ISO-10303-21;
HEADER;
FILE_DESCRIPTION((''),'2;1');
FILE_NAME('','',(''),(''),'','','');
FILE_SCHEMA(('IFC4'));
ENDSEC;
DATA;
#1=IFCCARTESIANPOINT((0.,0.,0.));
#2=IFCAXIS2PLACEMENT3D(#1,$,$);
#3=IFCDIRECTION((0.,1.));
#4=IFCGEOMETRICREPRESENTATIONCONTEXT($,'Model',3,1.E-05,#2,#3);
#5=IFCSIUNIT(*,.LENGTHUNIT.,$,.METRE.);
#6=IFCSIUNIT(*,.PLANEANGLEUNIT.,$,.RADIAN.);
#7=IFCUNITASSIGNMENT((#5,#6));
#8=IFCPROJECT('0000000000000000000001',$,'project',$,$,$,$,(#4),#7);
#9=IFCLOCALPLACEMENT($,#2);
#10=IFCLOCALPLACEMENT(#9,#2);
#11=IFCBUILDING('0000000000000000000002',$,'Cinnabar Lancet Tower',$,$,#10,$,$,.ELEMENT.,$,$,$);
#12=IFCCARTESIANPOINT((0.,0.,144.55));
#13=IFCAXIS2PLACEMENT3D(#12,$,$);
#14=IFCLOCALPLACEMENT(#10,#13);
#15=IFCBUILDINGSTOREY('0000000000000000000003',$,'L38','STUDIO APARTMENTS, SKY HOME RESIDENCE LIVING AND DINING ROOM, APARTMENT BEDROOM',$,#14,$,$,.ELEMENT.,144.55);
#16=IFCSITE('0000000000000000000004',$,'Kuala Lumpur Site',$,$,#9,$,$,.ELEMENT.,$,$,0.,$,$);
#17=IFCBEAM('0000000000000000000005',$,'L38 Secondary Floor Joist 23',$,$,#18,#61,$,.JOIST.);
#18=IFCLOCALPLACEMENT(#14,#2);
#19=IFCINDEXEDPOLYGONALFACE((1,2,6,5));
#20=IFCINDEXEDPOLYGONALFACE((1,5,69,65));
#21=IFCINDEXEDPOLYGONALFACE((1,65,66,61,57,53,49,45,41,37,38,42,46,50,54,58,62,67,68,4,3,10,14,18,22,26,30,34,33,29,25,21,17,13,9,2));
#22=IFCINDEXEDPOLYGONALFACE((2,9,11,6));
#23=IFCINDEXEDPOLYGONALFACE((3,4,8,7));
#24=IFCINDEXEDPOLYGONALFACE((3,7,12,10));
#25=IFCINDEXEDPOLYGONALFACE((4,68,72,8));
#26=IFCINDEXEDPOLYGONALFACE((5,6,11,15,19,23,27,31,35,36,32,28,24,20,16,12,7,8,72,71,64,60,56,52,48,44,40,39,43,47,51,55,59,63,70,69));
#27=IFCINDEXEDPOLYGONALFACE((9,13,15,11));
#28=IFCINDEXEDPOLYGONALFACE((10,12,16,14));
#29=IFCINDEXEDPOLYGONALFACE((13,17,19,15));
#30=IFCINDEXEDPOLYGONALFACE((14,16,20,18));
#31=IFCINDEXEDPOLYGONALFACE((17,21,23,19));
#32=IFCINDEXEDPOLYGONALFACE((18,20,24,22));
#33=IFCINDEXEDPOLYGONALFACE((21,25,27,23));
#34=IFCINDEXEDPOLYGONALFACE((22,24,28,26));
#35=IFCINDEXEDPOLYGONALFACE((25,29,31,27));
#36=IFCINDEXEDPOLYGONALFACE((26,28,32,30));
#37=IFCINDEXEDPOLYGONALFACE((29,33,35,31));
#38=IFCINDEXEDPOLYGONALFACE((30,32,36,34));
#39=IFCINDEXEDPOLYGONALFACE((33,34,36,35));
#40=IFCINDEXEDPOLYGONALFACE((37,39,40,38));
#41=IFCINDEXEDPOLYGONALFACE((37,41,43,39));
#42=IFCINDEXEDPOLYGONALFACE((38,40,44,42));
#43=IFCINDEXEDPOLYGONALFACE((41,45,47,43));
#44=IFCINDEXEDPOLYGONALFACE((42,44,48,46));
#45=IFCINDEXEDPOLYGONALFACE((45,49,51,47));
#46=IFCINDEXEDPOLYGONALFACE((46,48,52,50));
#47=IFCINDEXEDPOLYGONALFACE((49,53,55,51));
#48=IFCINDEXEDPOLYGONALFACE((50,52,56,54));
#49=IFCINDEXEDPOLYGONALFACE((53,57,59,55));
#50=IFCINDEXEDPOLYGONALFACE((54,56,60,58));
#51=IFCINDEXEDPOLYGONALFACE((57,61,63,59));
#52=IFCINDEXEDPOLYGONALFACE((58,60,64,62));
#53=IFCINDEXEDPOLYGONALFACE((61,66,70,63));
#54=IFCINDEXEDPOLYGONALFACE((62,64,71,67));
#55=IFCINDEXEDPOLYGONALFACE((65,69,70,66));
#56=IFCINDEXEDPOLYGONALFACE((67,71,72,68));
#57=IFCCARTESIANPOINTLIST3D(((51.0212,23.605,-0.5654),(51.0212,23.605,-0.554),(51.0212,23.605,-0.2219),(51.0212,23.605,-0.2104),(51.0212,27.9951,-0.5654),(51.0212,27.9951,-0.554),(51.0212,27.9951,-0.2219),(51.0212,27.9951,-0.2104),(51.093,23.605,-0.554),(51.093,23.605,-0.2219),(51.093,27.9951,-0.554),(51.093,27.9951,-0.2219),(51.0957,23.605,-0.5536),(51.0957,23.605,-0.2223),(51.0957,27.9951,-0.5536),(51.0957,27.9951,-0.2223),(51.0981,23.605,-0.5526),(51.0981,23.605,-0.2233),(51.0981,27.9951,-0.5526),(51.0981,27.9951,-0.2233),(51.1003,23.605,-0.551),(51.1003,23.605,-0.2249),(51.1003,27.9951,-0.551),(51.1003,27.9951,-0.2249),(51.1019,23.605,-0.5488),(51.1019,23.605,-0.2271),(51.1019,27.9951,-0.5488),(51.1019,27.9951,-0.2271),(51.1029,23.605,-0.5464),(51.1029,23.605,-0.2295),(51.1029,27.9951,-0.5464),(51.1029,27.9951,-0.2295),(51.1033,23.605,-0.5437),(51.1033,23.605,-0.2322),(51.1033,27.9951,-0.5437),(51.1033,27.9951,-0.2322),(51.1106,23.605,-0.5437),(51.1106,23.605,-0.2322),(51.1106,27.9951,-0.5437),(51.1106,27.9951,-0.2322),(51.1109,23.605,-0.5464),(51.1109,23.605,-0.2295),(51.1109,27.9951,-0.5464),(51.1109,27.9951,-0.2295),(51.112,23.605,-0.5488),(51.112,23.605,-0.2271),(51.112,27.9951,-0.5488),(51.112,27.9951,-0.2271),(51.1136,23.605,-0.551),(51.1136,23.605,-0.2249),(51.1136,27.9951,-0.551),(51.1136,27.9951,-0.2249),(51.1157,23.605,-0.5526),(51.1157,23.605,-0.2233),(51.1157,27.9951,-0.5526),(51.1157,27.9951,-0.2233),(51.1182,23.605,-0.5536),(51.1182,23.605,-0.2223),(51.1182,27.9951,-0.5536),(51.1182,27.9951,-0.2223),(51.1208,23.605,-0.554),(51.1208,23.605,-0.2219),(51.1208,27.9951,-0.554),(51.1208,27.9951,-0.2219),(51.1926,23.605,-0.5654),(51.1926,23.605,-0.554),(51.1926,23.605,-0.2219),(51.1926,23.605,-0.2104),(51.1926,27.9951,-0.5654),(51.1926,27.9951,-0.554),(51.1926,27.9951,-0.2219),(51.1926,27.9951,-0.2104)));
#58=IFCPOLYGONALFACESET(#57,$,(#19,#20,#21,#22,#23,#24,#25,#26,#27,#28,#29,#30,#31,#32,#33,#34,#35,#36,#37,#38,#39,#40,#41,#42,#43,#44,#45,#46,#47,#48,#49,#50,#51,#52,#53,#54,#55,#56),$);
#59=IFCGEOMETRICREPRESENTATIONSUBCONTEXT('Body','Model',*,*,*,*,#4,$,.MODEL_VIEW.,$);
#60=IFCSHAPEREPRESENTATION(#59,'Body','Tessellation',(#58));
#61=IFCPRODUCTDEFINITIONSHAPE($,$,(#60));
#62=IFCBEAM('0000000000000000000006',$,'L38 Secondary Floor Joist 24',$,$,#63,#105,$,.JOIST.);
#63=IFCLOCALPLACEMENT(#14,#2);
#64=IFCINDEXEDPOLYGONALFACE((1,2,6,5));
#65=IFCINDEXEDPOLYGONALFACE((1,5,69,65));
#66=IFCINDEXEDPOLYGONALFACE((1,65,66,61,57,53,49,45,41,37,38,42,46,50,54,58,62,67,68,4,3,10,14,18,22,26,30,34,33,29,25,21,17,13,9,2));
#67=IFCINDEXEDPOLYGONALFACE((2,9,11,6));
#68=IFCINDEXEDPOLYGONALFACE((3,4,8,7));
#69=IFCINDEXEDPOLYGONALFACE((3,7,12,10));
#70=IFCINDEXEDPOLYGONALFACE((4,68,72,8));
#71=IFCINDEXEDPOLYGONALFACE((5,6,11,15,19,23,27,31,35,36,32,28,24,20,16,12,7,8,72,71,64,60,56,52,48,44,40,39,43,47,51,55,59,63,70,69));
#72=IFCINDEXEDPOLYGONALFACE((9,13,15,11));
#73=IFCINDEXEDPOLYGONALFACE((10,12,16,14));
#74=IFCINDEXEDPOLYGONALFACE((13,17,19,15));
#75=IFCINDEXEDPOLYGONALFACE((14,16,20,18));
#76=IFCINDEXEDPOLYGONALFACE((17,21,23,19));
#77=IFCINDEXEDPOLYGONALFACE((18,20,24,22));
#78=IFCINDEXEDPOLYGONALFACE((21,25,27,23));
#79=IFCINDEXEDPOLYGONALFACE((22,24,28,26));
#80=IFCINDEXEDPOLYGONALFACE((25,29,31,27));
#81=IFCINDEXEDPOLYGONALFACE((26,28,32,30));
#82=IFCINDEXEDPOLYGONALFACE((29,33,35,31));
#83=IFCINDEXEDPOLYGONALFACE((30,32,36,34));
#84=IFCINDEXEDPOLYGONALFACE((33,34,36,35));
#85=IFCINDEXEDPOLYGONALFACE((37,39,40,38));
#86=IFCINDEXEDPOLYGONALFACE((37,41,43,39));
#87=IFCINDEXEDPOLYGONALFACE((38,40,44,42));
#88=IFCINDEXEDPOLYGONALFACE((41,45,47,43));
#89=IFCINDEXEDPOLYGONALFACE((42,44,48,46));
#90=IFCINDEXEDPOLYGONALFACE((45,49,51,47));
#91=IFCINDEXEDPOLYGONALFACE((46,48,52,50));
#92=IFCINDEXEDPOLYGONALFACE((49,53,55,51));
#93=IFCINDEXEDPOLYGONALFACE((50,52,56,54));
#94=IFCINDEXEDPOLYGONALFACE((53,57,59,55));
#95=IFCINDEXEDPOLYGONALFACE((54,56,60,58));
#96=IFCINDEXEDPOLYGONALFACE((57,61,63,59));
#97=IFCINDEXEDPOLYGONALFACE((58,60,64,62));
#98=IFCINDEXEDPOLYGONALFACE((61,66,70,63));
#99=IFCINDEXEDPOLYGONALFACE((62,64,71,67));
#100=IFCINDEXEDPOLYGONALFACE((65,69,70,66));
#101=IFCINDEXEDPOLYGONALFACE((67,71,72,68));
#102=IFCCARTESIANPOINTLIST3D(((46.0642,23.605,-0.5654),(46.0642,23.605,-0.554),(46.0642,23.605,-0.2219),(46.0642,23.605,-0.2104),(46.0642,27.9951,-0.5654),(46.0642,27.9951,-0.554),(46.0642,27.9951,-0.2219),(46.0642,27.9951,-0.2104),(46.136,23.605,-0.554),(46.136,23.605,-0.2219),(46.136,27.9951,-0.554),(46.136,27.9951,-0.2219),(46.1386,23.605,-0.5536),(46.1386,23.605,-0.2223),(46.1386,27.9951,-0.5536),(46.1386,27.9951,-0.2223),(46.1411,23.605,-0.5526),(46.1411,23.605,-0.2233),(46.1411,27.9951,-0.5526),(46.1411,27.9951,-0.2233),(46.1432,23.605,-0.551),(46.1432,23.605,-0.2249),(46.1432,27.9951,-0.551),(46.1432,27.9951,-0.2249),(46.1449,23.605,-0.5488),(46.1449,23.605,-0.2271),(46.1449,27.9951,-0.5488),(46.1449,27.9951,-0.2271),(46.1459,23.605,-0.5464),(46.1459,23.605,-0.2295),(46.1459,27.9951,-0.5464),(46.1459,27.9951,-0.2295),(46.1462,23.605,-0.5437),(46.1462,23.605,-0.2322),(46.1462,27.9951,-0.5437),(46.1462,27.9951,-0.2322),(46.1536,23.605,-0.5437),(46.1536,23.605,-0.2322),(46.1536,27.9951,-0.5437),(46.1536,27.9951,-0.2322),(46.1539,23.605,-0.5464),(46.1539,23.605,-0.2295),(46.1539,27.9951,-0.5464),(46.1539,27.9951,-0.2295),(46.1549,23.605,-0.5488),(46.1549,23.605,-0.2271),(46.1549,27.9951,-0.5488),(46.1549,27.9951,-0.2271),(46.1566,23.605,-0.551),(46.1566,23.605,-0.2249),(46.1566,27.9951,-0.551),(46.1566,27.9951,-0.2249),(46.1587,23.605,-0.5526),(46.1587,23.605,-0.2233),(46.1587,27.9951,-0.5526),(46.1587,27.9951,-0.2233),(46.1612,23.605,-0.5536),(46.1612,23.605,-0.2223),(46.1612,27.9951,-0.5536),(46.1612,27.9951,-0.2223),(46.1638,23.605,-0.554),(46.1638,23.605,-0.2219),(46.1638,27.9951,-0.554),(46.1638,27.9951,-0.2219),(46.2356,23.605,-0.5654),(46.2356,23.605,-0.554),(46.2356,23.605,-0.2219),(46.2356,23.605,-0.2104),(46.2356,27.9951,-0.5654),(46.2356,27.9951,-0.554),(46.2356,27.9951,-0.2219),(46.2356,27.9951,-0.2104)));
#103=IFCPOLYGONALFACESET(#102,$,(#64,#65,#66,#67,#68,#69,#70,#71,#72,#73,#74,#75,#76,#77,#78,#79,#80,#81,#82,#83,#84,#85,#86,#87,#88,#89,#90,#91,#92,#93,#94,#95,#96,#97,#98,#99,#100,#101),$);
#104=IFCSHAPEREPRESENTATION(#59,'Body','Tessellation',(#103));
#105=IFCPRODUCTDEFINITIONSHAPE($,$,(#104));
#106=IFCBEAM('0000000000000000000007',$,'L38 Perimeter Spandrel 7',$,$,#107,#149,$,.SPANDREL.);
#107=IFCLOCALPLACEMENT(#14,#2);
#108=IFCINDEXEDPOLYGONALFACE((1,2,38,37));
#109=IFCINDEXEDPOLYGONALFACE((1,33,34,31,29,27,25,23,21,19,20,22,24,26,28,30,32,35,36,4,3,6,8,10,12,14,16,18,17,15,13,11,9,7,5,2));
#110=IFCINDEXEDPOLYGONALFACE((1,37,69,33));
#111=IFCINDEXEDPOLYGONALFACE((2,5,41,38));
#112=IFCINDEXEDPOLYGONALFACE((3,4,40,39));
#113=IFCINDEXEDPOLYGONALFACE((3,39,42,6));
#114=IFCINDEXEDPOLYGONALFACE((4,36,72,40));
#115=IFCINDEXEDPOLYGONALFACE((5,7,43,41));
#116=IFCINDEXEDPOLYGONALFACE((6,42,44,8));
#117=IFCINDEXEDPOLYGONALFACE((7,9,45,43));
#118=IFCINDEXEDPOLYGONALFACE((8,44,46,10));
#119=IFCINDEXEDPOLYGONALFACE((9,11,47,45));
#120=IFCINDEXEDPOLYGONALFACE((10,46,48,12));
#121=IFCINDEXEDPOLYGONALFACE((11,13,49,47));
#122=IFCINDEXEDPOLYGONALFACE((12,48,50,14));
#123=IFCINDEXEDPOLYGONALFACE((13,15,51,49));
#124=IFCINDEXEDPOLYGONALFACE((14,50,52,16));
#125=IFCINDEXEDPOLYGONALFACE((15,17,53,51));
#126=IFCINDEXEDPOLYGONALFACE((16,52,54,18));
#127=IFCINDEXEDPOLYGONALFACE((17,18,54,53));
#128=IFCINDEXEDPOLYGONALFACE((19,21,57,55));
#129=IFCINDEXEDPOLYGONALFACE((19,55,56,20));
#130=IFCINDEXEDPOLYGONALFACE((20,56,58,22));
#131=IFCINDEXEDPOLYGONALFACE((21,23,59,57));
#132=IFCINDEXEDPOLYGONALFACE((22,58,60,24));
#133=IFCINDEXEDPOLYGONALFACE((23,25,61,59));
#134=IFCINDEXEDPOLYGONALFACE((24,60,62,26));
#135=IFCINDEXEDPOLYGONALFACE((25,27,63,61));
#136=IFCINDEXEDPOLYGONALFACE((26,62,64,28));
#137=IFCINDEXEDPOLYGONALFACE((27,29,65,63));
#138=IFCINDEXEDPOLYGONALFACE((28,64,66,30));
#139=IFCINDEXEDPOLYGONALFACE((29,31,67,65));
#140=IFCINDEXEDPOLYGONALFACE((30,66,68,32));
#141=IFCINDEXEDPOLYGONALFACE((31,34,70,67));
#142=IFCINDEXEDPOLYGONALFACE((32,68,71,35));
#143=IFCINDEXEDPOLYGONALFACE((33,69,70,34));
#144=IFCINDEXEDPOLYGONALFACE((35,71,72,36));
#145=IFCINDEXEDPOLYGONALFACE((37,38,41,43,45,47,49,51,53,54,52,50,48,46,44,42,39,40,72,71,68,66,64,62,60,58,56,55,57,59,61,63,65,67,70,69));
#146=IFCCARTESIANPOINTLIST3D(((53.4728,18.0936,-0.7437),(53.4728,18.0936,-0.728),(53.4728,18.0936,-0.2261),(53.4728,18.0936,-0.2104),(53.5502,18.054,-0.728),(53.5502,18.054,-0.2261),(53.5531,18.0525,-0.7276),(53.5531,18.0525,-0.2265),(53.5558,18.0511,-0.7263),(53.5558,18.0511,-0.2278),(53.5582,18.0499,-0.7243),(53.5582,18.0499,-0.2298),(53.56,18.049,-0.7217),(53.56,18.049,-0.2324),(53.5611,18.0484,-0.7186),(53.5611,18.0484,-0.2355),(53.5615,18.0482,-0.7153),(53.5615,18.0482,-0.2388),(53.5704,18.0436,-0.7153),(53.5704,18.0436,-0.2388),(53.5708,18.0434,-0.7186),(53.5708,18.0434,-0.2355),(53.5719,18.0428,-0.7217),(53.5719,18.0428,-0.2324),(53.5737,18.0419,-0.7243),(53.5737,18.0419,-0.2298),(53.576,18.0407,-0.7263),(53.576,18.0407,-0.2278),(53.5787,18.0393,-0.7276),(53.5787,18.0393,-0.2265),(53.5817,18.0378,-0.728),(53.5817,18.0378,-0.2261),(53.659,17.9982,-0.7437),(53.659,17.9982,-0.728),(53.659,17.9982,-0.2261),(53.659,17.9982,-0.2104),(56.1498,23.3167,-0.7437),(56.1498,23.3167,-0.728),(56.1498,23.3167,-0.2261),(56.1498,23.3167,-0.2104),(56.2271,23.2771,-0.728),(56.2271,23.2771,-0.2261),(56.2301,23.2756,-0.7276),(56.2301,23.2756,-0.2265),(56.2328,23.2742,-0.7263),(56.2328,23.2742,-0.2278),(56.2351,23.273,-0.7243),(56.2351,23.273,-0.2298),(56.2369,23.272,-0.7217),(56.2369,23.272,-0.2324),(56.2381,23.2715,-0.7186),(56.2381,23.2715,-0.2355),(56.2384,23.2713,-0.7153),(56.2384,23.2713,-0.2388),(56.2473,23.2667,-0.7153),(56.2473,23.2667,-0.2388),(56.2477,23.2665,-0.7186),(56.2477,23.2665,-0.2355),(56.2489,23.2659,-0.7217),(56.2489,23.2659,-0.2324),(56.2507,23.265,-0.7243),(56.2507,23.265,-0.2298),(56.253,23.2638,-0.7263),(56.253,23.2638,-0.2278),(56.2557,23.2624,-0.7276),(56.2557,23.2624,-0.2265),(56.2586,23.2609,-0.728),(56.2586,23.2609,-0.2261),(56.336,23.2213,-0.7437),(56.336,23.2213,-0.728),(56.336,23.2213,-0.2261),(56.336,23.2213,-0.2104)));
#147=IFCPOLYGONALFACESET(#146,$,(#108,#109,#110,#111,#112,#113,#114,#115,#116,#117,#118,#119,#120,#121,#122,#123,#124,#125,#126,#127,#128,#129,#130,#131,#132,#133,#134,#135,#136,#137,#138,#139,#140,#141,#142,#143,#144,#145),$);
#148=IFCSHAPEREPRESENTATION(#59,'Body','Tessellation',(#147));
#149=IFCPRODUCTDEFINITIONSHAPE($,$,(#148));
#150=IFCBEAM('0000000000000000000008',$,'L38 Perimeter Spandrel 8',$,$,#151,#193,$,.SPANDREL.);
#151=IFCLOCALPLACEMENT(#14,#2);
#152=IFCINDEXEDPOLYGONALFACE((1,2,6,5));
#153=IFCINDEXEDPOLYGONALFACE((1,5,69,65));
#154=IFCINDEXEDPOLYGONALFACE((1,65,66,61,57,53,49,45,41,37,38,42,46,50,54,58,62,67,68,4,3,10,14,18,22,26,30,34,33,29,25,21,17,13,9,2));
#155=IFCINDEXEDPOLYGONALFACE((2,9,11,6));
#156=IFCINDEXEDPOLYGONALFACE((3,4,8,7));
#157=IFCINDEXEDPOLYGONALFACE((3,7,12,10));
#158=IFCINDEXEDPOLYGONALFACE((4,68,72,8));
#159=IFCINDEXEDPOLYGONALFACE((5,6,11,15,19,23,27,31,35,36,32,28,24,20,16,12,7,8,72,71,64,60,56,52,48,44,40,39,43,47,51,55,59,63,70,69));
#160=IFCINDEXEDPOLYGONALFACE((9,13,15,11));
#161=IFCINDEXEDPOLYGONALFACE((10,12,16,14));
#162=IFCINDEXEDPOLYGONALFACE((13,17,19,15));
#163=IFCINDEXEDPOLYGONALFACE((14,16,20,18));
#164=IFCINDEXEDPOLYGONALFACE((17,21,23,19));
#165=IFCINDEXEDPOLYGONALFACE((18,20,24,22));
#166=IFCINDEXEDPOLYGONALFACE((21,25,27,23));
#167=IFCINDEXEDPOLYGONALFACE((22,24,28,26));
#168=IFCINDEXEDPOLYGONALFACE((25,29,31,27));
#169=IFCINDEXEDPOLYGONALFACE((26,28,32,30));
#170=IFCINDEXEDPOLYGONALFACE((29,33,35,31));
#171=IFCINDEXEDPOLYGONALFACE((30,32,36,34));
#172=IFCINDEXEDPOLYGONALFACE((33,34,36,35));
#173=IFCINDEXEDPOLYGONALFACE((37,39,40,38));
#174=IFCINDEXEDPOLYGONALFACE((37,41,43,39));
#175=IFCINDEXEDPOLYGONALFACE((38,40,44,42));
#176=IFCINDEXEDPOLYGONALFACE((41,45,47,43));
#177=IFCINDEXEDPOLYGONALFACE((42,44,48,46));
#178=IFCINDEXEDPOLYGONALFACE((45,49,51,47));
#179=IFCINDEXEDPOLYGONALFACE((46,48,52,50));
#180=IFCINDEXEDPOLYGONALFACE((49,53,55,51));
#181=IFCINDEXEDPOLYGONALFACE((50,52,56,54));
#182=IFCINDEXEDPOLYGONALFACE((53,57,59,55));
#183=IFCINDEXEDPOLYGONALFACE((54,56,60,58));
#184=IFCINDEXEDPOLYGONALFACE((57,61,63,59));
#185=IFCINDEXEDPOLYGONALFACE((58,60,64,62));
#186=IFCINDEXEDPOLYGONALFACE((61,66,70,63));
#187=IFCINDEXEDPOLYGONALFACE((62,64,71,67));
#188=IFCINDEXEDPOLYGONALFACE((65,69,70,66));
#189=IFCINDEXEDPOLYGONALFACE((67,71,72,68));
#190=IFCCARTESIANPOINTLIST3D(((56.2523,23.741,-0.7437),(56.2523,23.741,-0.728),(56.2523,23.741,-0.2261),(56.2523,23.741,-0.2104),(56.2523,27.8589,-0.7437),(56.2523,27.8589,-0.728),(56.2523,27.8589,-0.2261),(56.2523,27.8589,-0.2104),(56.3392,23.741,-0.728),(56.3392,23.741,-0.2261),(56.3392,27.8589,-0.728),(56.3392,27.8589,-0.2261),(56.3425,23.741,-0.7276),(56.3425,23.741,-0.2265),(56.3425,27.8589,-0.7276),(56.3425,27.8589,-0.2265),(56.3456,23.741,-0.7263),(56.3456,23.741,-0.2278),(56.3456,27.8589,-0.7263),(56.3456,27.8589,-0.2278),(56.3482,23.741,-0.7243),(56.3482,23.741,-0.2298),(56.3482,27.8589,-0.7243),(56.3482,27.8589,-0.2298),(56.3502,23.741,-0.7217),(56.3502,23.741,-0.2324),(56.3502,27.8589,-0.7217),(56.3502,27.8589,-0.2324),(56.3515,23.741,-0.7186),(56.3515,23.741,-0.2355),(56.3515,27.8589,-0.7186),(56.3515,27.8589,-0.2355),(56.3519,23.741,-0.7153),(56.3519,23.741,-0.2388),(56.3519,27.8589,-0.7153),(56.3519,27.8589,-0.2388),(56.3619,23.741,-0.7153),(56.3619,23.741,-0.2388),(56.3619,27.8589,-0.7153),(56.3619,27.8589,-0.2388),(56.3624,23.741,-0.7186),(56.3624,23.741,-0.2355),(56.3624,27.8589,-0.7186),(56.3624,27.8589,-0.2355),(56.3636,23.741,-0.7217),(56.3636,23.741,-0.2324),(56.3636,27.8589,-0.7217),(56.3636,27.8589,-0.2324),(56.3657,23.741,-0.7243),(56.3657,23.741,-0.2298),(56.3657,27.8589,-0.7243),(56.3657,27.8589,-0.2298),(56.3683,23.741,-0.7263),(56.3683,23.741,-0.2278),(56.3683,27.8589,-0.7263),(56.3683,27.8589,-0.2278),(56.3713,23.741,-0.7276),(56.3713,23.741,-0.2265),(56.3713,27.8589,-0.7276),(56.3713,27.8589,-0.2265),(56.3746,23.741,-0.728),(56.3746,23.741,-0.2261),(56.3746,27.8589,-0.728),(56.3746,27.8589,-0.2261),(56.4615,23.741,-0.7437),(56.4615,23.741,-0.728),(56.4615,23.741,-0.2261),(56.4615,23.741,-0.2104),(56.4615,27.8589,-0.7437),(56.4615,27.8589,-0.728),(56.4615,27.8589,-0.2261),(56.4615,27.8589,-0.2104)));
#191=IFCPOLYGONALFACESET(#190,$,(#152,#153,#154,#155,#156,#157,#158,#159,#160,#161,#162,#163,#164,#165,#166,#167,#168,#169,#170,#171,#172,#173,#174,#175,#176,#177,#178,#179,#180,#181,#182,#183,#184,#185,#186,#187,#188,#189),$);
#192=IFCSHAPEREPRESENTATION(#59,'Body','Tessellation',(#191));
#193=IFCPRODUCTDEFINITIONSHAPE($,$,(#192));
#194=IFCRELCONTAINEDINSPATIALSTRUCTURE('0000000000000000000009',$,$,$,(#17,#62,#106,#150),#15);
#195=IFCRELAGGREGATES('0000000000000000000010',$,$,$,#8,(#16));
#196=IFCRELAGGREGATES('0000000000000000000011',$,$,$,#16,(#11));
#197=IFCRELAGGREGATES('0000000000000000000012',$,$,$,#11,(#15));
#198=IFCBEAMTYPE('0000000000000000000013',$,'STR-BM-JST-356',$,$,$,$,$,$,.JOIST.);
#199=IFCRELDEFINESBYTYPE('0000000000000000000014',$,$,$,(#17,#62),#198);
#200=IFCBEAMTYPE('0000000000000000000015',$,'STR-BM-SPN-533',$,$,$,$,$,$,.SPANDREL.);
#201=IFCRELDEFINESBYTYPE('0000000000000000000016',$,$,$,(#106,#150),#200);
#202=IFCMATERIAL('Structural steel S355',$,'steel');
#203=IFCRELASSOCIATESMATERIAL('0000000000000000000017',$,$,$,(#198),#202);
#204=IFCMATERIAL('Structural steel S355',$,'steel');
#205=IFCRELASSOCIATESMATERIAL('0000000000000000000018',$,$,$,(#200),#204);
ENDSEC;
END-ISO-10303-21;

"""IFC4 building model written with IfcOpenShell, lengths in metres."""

from ifc_helpers import new_model, si_unit, direction, frame, origin, origin_2d, place, context, subcontext, project, spatial, i_section, extrude, material, material_profile, profile_set, type_object, element, save


model = new_model("IFC4")

# Units and contexts
model_context = context("Model", 3, precision=1e-05, world=origin(), true_north=direction((0.0, 1.0)))
body_context = subcontext(model_context, "Body", "Model", "MODEL_VIEW")
ifc_project = project(units=[si_unit("LENGTHUNIT", "METRE"), si_unit("PLANEANGLEUNIT", "RADIAN")], contexts=[model_context])

# Site, building, storey
site_placement = place(None, origin())
site = spatial("IfcSite", under=ifc_project, at=site_placement, Name="Kuala Lumpur Site", CompositionType="ELEMENT", RefElevation=0.0)
building_placement = place(site_placement, origin())
building = spatial("IfcBuilding", under=site, at=building_placement, Name="Cinnabar Lancet Tower", CompositionType="ELEMENT")
storey_placement = place(building_placement, frame((0.0, 0.0, 144.55)))
storey = spatial("IfcBuildingStorey", under=building, at=storey_placement, Name="L38", Description="STUDIO APARTMENTS, SKY HOME RESIDENCE LIVING AND DINING ROOM, APARTMENT BEDROOM", CompositionType="ELEMENT", Elevation=144.55)

# Beams
ifc_material_1 = material(Name="Structural steel S355", Category="steel")
ifc_material_profile_1 = material_profile(ifc_material_1, i_section(OverallWidth=0.1714, OverallDepth=0.355, WebThickness=0.0073, FlangeThickness=0.0115, FilletRadius=0.0103, at=origin_2d()), Name="UKB 356x171x51")
ifc_profile_set_1 = profile_set([ifc_material_profile_1], Name="Structural steel S355")
beam_type_1 = type_object("IfcBeamType", Name="STR-BM-JST-356", PredefinedType="JOIST", material=ifc_profile_set_1)
for number, where, z_axis, x_axis, name in (
    (1, (51.1069, 23.605, -0.3879), (0.0, 1.0, 0.0), (-1.0, 0.0, 0.0), "L38 Secondary Floor Joist 23"),
    (2, (46.1499, 23.605, -0.3879), (0.0, 1.0, 0.0), (-1.0, 0.0, 0.0), "L38 Secondary Floor Joist 24"),
):
    element("IfcBeam", number, at=place(storey_placement, frame(where, z_axis=z_axis, x_axis=x_axis)), inside=storey, type_object=beam_type_1, Name=name, PredefinedType="JOIST", context=body_context, shape_type="SweptSolid", body=[
        extrude(i_section(OverallWidth=0.1714, OverallDepth=0.355, WebThickness=0.0073, FlangeThickness=0.0115, FilletRadius=0.0103, at=origin_2d()), origin(), (0.0, 0.0, 1.0), 4.3901),
    ])
ifc_material_2 = material(Name="Structural steel S355", Category="steel")
ifc_material_profile_2 = material_profile(ifc_material_2, i_section(OverallWidth=0.2092, OverallDepth=0.5332, WebThickness=0.01, FlangeThickness=0.0156, FilletRadius=0.0127, at=origin_2d()), Name="UKB 533x210x92")
ifc_profile_set_2 = profile_set([ifc_material_profile_2], Name="Structural steel S355")
beam_type_2 = type_object("IfcBeamType", Name="STR-BM-SPN-533", PredefinedType="SPANDREL", material=ifc_profile_set_2)
beam_1_placement = place(storey_placement, frame((53.5659, 18.0459, -0.4771), z_axis=(0.45611, 0.889924, 0.0), x_axis=(-0.889924, 0.45611, 0.0)))
element("IfcBeam", 3, at=beam_1_placement, inside=storey, type_object=beam_type_2, Name="L38 Perimeter Spandrel 7", PredefinedType="SPANDREL", context=body_context, shape_type="SweptSolid", body=[
    extrude(i_section(OverallWidth=0.2092, OverallDepth=0.5332, WebThickness=0.01, FlangeThickness=0.0156, FilletRadius=0.0127, at=origin_2d()), origin(), (0.0, 0.0, 1.0), 5.8691),
])
beam_2_placement = place(storey_placement, frame((56.3569, 23.741, -0.4771), z_axis=(0.0, 1.0, 0.0), x_axis=(-1.0, 0.0, 0.0)))
element("IfcBeam", 4, at=beam_2_placement, inside=storey, type_object=beam_type_2, Name="L38 Perimeter Spandrel 8", PredefinedType="SPANDREL", context=body_context, shape_type="SweptSolid", body=[
    extrude(i_section(OverallWidth=0.2092, OverallDepth=0.5332, WebThickness=0.01, FlangeThickness=0.0156, FilletRadius=0.0127, at=origin_2d()), origin(), (0.0, 0.0, 1.0), 4.1179),
])

save(model, "model.ifc")
